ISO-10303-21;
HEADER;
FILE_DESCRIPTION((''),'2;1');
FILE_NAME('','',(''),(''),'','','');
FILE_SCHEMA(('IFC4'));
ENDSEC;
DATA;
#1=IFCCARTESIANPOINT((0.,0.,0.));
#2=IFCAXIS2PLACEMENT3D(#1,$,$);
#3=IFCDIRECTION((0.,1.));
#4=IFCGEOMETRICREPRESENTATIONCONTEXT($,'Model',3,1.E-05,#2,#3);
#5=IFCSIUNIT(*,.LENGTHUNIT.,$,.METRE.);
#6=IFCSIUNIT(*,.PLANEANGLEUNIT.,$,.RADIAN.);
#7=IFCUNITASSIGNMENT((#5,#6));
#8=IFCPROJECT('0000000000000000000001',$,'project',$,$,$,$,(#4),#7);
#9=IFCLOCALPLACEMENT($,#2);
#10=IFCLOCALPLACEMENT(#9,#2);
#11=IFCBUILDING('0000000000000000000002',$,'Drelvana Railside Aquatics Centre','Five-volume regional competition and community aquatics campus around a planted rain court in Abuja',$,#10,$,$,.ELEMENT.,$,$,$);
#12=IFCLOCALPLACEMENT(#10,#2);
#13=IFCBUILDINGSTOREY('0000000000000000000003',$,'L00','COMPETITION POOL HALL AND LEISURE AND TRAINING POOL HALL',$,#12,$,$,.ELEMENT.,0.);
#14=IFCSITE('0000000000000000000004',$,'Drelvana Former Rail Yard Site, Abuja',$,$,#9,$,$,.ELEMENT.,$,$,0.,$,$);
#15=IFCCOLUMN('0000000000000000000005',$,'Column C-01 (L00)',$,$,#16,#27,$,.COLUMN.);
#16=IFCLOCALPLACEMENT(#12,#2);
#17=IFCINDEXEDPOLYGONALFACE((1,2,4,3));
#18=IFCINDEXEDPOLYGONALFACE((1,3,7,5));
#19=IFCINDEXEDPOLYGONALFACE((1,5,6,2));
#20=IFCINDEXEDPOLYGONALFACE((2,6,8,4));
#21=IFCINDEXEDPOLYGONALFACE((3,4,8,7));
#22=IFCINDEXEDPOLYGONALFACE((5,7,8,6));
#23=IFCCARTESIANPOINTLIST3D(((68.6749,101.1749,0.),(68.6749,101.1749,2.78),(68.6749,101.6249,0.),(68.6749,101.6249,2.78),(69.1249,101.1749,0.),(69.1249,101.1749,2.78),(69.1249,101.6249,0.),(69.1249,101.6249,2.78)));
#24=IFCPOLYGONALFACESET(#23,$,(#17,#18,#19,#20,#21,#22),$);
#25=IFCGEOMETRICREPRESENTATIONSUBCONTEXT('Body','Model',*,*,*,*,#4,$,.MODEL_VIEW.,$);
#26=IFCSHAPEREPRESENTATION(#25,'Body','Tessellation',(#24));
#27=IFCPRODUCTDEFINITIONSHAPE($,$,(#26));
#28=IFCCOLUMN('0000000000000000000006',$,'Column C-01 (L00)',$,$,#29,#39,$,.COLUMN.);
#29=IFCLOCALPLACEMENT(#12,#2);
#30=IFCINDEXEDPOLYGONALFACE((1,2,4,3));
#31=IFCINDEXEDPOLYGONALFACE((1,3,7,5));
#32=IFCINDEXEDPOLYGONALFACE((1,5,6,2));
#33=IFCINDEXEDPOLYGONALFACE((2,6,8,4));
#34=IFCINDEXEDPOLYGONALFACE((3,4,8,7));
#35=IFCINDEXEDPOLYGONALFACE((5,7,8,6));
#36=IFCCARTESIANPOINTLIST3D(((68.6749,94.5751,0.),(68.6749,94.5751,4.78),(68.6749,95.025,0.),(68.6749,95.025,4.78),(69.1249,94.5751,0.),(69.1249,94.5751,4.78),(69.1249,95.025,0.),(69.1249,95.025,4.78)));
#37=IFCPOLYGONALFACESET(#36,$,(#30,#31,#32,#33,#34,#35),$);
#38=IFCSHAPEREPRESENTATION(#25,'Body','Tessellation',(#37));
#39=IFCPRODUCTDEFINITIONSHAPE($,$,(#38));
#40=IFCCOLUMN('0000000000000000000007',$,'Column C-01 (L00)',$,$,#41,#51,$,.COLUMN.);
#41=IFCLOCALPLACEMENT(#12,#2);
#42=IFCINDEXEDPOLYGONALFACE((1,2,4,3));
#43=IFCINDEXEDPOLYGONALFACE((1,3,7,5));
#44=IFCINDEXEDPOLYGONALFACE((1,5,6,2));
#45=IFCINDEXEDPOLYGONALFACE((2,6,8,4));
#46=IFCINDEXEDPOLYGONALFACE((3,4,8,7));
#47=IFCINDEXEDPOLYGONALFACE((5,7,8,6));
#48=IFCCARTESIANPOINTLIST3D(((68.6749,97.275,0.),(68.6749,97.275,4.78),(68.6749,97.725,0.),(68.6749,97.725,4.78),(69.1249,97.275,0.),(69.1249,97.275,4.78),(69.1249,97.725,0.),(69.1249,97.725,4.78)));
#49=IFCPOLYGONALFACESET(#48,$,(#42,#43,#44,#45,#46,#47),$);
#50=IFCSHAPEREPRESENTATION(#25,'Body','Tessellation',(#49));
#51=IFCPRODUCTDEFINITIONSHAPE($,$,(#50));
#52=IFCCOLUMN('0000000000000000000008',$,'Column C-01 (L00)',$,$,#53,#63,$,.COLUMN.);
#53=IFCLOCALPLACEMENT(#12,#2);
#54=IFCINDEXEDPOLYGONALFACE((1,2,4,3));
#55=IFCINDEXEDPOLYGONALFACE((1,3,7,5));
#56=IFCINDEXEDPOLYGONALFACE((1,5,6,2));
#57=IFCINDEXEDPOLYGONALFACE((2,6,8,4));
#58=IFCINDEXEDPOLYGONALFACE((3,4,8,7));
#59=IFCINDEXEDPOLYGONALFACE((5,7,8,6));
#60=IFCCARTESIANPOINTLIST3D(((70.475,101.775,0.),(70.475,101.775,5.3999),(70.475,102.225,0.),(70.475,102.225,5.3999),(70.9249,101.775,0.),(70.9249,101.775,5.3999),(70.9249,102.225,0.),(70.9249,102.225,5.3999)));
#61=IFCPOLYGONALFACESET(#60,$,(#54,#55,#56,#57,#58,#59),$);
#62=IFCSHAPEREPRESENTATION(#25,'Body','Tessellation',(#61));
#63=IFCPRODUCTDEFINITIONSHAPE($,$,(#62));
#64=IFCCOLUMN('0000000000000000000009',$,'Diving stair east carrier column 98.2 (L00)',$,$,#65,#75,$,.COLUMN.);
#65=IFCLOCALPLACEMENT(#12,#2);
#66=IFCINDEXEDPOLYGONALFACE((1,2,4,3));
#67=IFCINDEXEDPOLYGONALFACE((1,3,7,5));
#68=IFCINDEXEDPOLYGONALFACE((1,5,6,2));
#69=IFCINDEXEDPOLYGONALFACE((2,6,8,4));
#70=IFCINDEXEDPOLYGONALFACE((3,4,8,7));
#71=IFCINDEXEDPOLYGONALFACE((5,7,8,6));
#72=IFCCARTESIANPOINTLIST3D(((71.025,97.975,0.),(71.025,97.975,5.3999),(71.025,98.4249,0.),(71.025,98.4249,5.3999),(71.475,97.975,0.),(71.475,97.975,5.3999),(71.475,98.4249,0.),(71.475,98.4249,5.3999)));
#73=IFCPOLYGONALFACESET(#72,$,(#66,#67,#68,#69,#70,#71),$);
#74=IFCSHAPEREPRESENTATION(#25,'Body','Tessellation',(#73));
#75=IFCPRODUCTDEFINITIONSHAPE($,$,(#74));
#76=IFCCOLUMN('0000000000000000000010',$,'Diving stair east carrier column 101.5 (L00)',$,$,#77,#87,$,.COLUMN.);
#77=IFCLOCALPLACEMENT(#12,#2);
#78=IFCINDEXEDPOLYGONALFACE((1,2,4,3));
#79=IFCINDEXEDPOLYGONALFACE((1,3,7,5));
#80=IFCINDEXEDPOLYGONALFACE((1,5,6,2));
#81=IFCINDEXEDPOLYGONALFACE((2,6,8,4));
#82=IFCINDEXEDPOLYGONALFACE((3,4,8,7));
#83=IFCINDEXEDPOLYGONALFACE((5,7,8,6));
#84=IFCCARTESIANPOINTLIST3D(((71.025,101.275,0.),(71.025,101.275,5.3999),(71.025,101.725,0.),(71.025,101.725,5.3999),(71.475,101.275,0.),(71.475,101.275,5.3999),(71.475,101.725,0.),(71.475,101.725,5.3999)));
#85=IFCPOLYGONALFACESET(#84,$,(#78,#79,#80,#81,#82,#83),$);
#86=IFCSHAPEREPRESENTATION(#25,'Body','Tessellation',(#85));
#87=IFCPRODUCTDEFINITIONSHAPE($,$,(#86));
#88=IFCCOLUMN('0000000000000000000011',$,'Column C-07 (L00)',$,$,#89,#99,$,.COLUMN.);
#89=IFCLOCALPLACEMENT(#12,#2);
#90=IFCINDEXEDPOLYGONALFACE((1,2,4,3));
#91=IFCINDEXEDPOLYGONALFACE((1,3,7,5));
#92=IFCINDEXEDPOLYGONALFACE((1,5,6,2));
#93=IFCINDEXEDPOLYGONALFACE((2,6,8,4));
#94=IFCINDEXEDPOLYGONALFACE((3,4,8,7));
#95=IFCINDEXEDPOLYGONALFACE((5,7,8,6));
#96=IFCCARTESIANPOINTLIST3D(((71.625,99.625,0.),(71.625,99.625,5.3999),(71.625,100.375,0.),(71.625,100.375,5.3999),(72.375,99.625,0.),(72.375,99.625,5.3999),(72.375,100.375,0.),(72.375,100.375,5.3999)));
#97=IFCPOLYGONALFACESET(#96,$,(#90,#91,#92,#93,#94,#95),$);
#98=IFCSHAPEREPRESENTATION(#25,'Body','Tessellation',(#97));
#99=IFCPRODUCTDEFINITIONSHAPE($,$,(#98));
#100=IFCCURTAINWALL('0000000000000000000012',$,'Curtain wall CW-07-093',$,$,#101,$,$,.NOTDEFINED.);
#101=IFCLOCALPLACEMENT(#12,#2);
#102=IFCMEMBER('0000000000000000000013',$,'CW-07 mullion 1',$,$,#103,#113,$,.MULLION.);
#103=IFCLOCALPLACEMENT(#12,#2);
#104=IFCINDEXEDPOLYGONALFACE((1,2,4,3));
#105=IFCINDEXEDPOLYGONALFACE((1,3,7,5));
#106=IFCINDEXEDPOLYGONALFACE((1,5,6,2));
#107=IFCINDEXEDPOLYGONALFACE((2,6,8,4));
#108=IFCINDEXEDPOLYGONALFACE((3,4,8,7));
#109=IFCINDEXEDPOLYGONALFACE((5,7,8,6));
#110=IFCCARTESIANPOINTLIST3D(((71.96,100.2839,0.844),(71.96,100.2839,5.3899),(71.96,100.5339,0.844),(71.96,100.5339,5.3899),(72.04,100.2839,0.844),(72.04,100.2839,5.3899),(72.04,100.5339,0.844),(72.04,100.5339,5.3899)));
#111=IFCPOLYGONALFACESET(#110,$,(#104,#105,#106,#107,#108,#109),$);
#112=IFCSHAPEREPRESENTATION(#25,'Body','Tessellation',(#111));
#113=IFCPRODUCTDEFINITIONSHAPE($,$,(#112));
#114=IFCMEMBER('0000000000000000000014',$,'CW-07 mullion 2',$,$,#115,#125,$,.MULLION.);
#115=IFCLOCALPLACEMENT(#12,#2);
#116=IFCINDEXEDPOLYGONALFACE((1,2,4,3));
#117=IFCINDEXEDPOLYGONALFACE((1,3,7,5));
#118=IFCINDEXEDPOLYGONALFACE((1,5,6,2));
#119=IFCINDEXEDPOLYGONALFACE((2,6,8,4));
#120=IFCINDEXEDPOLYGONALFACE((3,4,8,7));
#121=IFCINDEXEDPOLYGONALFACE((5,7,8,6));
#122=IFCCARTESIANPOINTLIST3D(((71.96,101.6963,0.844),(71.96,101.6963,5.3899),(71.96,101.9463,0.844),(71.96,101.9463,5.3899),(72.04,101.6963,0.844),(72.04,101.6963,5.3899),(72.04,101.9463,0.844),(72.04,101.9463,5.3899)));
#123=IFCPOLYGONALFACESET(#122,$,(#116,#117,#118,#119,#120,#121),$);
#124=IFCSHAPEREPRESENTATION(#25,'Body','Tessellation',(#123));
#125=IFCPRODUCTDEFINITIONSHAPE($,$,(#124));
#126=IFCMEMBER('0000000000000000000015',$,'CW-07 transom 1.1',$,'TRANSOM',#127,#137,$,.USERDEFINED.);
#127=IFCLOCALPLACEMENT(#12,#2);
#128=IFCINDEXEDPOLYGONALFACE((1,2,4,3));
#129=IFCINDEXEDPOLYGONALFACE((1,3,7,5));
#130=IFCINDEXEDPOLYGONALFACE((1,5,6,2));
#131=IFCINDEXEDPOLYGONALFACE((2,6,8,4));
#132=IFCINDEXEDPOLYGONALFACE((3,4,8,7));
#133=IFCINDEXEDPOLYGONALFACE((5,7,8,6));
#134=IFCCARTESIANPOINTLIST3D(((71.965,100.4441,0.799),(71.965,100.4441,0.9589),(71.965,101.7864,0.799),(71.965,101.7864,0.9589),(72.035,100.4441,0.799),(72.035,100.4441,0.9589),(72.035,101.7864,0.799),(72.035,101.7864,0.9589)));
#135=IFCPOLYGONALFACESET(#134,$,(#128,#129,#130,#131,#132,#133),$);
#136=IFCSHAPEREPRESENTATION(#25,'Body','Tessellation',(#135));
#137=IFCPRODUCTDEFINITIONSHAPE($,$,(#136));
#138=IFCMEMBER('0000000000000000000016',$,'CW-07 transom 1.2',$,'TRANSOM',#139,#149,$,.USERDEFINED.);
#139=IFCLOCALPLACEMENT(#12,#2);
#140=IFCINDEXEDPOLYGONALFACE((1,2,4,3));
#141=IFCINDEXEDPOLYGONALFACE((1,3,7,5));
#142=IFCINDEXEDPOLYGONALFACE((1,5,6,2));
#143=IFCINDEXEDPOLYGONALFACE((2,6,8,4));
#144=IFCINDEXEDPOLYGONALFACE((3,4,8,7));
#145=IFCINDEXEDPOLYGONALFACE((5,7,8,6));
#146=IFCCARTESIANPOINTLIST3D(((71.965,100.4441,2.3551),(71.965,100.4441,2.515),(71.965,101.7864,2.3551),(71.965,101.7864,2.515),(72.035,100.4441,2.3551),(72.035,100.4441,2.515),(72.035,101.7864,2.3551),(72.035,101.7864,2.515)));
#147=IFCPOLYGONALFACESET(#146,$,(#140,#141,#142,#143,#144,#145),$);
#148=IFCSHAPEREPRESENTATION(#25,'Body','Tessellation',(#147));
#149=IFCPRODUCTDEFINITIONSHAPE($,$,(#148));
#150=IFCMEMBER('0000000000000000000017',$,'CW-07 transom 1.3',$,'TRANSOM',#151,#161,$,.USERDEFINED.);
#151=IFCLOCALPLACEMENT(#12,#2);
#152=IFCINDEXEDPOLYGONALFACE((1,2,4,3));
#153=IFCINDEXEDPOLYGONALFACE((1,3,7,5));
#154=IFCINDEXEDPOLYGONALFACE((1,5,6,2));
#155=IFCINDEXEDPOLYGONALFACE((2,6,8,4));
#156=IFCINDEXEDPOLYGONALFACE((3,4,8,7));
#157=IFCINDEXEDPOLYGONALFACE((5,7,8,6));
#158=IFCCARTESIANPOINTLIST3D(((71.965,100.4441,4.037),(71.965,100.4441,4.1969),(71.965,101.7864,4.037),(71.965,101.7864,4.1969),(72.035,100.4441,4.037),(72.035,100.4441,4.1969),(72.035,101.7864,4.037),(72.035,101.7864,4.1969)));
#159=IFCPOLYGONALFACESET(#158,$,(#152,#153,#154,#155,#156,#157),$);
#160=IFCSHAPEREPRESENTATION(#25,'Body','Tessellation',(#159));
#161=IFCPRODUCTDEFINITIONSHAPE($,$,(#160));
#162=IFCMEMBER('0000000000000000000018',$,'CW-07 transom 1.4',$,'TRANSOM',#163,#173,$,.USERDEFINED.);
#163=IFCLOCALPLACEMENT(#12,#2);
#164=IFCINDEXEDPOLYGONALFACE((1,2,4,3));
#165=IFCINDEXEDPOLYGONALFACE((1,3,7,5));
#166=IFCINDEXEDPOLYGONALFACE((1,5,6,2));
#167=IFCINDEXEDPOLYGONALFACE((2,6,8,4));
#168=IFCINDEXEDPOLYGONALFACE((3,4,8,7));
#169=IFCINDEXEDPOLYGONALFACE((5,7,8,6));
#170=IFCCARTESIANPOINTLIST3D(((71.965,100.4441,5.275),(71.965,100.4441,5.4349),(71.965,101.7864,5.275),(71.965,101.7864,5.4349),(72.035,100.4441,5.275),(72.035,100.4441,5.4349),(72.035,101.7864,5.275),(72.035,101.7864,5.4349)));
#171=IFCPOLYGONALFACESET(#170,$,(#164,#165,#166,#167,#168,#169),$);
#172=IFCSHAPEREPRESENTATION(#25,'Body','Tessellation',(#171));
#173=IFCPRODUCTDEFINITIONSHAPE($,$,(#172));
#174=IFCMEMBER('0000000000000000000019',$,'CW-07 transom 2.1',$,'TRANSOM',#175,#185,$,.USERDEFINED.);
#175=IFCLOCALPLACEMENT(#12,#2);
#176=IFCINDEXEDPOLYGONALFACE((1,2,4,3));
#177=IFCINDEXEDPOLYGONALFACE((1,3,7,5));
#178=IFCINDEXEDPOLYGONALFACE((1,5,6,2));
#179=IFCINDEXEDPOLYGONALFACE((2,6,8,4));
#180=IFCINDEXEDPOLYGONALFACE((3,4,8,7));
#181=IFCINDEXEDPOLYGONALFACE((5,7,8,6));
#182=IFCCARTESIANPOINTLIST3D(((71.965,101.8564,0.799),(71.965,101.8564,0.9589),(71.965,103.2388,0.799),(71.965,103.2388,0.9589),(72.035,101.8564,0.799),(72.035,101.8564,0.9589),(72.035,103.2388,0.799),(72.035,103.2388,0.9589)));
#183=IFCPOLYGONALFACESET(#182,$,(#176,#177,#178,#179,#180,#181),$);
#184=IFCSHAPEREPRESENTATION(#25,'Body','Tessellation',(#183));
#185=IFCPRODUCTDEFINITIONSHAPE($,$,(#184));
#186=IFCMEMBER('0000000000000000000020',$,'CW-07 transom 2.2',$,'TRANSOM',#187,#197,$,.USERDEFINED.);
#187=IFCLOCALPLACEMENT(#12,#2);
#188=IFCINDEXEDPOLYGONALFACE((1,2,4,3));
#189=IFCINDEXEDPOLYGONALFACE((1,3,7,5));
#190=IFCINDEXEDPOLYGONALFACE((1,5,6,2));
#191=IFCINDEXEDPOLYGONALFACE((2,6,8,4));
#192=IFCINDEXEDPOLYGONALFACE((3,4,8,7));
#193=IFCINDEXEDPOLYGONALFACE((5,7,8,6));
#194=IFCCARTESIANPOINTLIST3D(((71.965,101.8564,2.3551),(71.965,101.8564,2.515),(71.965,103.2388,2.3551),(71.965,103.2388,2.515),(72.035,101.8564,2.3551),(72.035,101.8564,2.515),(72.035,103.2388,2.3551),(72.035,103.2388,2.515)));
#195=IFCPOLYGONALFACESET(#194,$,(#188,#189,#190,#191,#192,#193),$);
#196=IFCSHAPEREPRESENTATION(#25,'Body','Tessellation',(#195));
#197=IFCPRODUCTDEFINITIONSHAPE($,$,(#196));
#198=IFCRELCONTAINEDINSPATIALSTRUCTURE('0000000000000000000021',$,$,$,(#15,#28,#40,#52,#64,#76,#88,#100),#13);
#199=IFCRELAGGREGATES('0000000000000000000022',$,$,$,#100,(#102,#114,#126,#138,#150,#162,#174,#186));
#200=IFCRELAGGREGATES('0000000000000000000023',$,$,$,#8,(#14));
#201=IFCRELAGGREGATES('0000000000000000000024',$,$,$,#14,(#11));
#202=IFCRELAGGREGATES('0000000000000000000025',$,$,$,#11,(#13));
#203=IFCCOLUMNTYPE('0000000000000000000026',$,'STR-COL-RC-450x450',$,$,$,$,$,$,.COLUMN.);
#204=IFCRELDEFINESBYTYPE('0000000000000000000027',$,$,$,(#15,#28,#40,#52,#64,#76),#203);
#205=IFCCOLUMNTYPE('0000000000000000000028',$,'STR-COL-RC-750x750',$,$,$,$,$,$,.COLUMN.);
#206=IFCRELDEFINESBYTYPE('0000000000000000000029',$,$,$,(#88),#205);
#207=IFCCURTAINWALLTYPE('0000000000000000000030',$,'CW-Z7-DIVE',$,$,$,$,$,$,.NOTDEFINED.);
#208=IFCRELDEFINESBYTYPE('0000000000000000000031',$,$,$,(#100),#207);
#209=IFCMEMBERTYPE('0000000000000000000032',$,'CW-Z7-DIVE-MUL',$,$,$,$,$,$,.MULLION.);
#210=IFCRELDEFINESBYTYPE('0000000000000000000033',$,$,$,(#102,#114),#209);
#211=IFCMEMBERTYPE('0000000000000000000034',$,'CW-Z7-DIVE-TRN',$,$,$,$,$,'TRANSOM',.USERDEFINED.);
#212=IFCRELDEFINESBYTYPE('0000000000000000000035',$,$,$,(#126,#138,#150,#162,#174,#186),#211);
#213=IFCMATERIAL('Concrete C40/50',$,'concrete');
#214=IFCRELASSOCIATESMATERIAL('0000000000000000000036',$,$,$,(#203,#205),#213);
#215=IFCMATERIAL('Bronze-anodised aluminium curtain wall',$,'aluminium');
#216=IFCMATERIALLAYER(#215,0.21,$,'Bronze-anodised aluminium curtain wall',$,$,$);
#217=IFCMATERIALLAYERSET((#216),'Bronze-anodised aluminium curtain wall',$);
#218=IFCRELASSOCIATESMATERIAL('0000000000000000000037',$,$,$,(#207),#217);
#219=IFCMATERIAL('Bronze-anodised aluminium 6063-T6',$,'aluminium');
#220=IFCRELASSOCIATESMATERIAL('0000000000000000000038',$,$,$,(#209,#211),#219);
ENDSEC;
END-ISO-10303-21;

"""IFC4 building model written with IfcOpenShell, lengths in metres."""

from ifc_helpers import new_model, si_unit, direction, frame, origin, origin_2d, place, context, subcontext, project, spatial, rectangle, extrude, material, layer, layer_set, material_profile, profile_set, type_object, element, aggregate, save


model = new_model("IFC4")

# Units and contexts
model_context = context("Model", 3, precision=1e-05, world=origin(), true_north=direction((0.0, 1.0)))
body_context = subcontext(model_context, "Body", "Model", "MODEL_VIEW")
ifc_project = project(units=[si_unit("LENGTHUNIT", "METRE"), si_unit("PLANEANGLEUNIT", "RADIAN")], contexts=[model_context])

# Site, building, storey
site_placement = place(None, origin())
site = spatial("IfcSite", under=ifc_project, at=site_placement, Name="Drelvana Former Rail Yard Site, Abuja", CompositionType="ELEMENT", RefElevation=0.0)
building_placement = place(site_placement, origin())
building = spatial("IfcBuilding", under=site, at=building_placement, Name="Drelvana Railside Aquatics Centre", Description="Five-volume regional competition and community aquatics campus around a planted rain court in Abuja", CompositionType="ELEMENT")
storey_placement = place(building_placement, origin())
storey = spatial("IfcBuildingStorey", under=building, at=storey_placement, Name="L00", Description="COMPETITION POOL HALL AND LEISURE AND TRAINING POOL HALL", CompositionType="ELEMENT", Elevation=0.0)

# Columns
ifc_material_1 = material(Name="Concrete C40/50", Category="concrete")
ifc_material_profile_1 = material_profile(ifc_material_1, rectangle(XDim=0.45, YDim=0.45, at=origin_2d()), Name="RC 450x450")
ifc_profile_set_1 = profile_set([ifc_material_profile_1], Name="Concrete C40/50")
column_type_1 = type_object("IfcColumnType", Name="STR-COL-RC-450x450", PredefinedType="COLUMN", material=ifc_profile_set_1)
column_1_placement = place(storey_placement, frame((68.8999, 101.3999, 0.0), z_axis=(0.0, 0.0, 1.0), x_axis=(1.0, 0.0, 0.0)))
element("IfcColumn", 1, at=column_1_placement, inside=storey, type_object=column_type_1, Name="Column C-01 (L00)", PredefinedType="COLUMN", context=body_context, shape_type="SweptSolid", body=[
    extrude(rectangle(XDim=0.45, YDim=0.45, at=origin_2d()), origin(), (0.0, 0.0, 1.0), 2.78),
])
for number, where, z_axis, x_axis, name in (
    (2, (68.8999, 94.8, 0.0), (0.0, 0.0, 1.0), (1.0, 0.0, 0.0), "Column C-01 (L00)"),
    (3, (68.8999, 97.5, 0.0), (0.0, 0.0, 1.0), (1.0, 0.0, 0.0), "Column C-01 (L00)"),
):
    element("IfcColumn", number, at=place(storey_placement, frame(where, z_axis=z_axis, x_axis=x_axis)), inside=storey, type_object=column_type_1, Name=name, PredefinedType="COLUMN", context=body_context, shape_type="SweptSolid", body=[
        extrude(rectangle(XDim=0.45, YDim=0.45, at=origin_2d()), origin(), (0.0, 0.0, 1.0), 4.78),
    ])
for number, where, z_axis, x_axis, name in (
    (4, (70.7, 102.0, 0.0), (0.0, 0.0, 1.0), (1.0, 0.0, 0.0), "Column C-01 (L00)"),
    (5, (71.25, 98.2, 0.0), (0.0, 0.0, 1.0), (1.0, 0.0, 0.0), "Diving stair east carrier column 98.2 (L00)"),
    (6, (71.25, 101.5, 0.0), (0.0, 0.0, 1.0), (1.0, 0.0, 0.0), "Diving stair east carrier column 101.5 (L00)"),
):
    element("IfcColumn", number, at=place(storey_placement, frame(where, z_axis=z_axis, x_axis=x_axis)), inside=storey, type_object=column_type_1, Name=name, PredefinedType="COLUMN", context=body_context, shape_type="SweptSolid", body=[
        extrude(rectangle(XDim=0.45, YDim=0.45, at=origin_2d()), origin(), (0.0, 0.0, 1.0), 5.3999),
    ])
ifc_material_profile_2 = material_profile(ifc_material_1, rectangle(XDim=0.75, YDim=0.75, at=origin_2d()), Name="RC 750x750")
ifc_profile_set_2 = profile_set([ifc_material_profile_2], Name="Concrete C40/50")
column_type_2 = type_object("IfcColumnType", Name="STR-COL-RC-750x750", PredefinedType="COLUMN", material=ifc_profile_set_2)
column_2_placement = place(storey_placement, frame((72.0, 100.0, 0.0), z_axis=(0.0, 0.0, 1.0), x_axis=(1.0, 0.0, 0.0)))
element("IfcColumn", 7, at=column_2_placement, inside=storey, type_object=column_type_2, Name="Column C-07 (L00)", PredefinedType="COLUMN", context=body_context, shape_type="SweptSolid", body=[
    extrude(rectangle(XDim=0.75, YDim=0.75, at=origin_2d()), origin(), (0.0, 0.0, 1.0), 5.3999),
])

# Curtain wall, members
ifc_material_2 = material(Name="Bronze-anodised aluminium curtain wall", Category="aluminium")
ifc_layer_1 = layer(ifc_material_2, 0.21, Name="Bronze-anodised aluminium curtain wall")
ifc_layer_set_1 = layer_set([ifc_layer_1], Name="Bronze-anodised aluminium curtain wall")
curtain_wall_type = type_object("IfcCurtainWallType", Name="CW-Z7-DIVE", PredefinedType="NOTDEFINED", material=ifc_layer_set_1)
curtain_wall_placement = place(storey_placement, origin())
curtain_wall = element("IfcCurtainWall", 8, at=curtain_wall_placement, inside=storey, type_object=curtain_wall_type, Name="Curtain wall CW-07-093", PredefinedType="NOTDEFINED")
ifc_material_3 = material(Name="Bronze-anodised aluminium 6063-T6", Category="aluminium")
ifc_material_profile_3 = material_profile(ifc_material_3, rectangle(XDim=0.0801, YDim=0.25, at=origin_2d()), Name="ALU-M 80x250")
ifc_profile_set_3 = profile_set([ifc_material_profile_3], Name="Bronze-anodised aluminium 6063-T6")
member_type_1 = type_object("IfcMemberType", Name="CW-Z7-DIVE-MUL", PredefinedType="MULLION", material=ifc_profile_set_3)
member_1_placement = place(storey_placement, frame((72.0, 100.4089, 0.844), z_axis=(0.0, 0.0, 1.0), x_axis=(-1.0, 0.0, 0.0)))
member_1 = element("IfcMember", 9, at=member_1_placement, type_object=member_type_1, Name="CW-07 mullion 1", PredefinedType="MULLION", context=body_context, shape_type="SweptSolid", body=[
    extrude(rectangle(XDim=0.0801, YDim=0.25, at=origin_2d()), origin(), (0.0, 0.0, 1.0), 4.5459),
])
member_2_placement = place(storey_placement, frame((72.0, 101.8213, 0.844), z_axis=(0.0, 0.0, 1.0), x_axis=(-1.0, 0.0, 0.0)))
member_2 = element("IfcMember", 10, at=member_2_placement, type_object=member_type_1, Name="CW-07 mullion 2", PredefinedType="MULLION", context=body_context, shape_type="SweptSolid", body=[
    extrude(rectangle(XDim=0.0801, YDim=0.25, at=origin_2d()), origin(), (0.0, 0.0, 1.0), 4.5459),
])
ifc_material_profile_4 = material_profile(ifc_material_3, rectangle(XDim=0.1599, YDim=0.0701, at=origin_2d()), Name="ALU-T 70x160")
ifc_profile_set_4 = profile_set([ifc_material_profile_4], Name="Bronze-anodised aluminium 6063-T6")
member_type_2 = type_object("IfcMemberType", Name="CW-Z7-DIVE-TRN", ElementType="TRANSOM", PredefinedType="USERDEFINED", material=ifc_profile_set_4)
member_3_placement = place(storey_placement, frame((72.0, 100.4441, 0.8789), z_axis=(0.0, 1.0, 0.0), x_axis=(0.0, 0.0, 1.0)))
member_3 = element("IfcMember", 11, at=member_3_placement, type_object=member_type_2, Name="CW-07 transom 1.1", ObjectType="TRANSOM", PredefinedType="USERDEFINED", context=body_context, shape_type="SweptSolid", body=[
    extrude(rectangle(XDim=0.1599, YDim=0.0701, at=origin_2d()), origin(), (0.0, 0.0, 1.0), 1.3423),
])
member_4_placement = place(storey_placement, frame((72.0, 100.4441, 2.4351), z_axis=(0.0, 1.0, 0.0), x_axis=(0.0, 0.0, 1.0)))
member_4 = element("IfcMember", 12, at=member_4_placement, type_object=member_type_2, Name="CW-07 transom 1.2", ObjectType="TRANSOM", PredefinedType="USERDEFINED", context=body_context, shape_type="SweptSolid", body=[
    extrude(rectangle(XDim=0.1599, YDim=0.0701, at=origin_2d()), origin(), (0.0, 0.0, 1.0), 1.3423),
])
member_5_placement = place(storey_placement, frame((72.0, 100.4441, 4.1169), z_axis=(0.0, 1.0, 0.0), x_axis=(0.0, 0.0, 1.0)))
member_5 = element("IfcMember", 13, at=member_5_placement, type_object=member_type_2, Name="CW-07 transom 1.3", ObjectType="TRANSOM", PredefinedType="USERDEFINED", context=body_context, shape_type="SweptSolid", body=[
    extrude(rectangle(XDim=0.1599, YDim=0.0701, at=origin_2d()), origin(), (0.0, 0.0, 1.0), 1.3423),
])
member_6_placement = place(storey_placement, frame((72.0, 100.4441, 5.355), z_axis=(0.0, 1.0, 0.0), x_axis=(0.0, 0.0, 1.0)))
member_6 = element("IfcMember", 14, at=member_6_placement, type_object=member_type_2, Name="CW-07 transom 1.4", ObjectType="TRANSOM", PredefinedType="USERDEFINED", context=body_context, shape_type="SweptSolid", body=[
    extrude(rectangle(XDim=0.1599, YDim=0.0701, at=origin_2d()), origin(), (0.0, 0.0, 1.0), 1.3423),
])
member_7_placement = place(storey_placement, frame((72.0, 101.8564, 0.8789), z_axis=(0.0, 1.0, 0.0), x_axis=(0.0, 0.0, 1.0)))
member_7 = element("IfcMember", 15, at=member_7_placement, type_object=member_type_2, Name="CW-07 transom 2.1", ObjectType="TRANSOM", PredefinedType="USERDEFINED", context=body_context, shape_type="SweptSolid", body=[
    extrude(rectangle(XDim=0.1599, YDim=0.0701, at=origin_2d()), origin(), (0.0, 0.0, 1.0), 1.3823),
])
member_8_placement = place(storey_placement, frame((72.0, 101.8564, 2.4351), z_axis=(0.0, 1.0, 0.0), x_axis=(0.0, 0.0, 1.0)))
member_8 = element("IfcMember", 16, at=member_8_placement, type_object=member_type_2, Name="CW-07 transom 2.2", ObjectType="TRANSOM", PredefinedType="USERDEFINED", context=body_context, shape_type="SweptSolid", body=[
    extrude(rectangle(XDim=0.1599, YDim=0.0701, at=origin_2d()), origin(), (0.0, 0.0, 1.0), 1.3823),
])

aggregate(curtain_wall, [member_1, member_2, member_3, member_4, member_5, member_6, member_7, member_8])

save(model, "model.ifc")
